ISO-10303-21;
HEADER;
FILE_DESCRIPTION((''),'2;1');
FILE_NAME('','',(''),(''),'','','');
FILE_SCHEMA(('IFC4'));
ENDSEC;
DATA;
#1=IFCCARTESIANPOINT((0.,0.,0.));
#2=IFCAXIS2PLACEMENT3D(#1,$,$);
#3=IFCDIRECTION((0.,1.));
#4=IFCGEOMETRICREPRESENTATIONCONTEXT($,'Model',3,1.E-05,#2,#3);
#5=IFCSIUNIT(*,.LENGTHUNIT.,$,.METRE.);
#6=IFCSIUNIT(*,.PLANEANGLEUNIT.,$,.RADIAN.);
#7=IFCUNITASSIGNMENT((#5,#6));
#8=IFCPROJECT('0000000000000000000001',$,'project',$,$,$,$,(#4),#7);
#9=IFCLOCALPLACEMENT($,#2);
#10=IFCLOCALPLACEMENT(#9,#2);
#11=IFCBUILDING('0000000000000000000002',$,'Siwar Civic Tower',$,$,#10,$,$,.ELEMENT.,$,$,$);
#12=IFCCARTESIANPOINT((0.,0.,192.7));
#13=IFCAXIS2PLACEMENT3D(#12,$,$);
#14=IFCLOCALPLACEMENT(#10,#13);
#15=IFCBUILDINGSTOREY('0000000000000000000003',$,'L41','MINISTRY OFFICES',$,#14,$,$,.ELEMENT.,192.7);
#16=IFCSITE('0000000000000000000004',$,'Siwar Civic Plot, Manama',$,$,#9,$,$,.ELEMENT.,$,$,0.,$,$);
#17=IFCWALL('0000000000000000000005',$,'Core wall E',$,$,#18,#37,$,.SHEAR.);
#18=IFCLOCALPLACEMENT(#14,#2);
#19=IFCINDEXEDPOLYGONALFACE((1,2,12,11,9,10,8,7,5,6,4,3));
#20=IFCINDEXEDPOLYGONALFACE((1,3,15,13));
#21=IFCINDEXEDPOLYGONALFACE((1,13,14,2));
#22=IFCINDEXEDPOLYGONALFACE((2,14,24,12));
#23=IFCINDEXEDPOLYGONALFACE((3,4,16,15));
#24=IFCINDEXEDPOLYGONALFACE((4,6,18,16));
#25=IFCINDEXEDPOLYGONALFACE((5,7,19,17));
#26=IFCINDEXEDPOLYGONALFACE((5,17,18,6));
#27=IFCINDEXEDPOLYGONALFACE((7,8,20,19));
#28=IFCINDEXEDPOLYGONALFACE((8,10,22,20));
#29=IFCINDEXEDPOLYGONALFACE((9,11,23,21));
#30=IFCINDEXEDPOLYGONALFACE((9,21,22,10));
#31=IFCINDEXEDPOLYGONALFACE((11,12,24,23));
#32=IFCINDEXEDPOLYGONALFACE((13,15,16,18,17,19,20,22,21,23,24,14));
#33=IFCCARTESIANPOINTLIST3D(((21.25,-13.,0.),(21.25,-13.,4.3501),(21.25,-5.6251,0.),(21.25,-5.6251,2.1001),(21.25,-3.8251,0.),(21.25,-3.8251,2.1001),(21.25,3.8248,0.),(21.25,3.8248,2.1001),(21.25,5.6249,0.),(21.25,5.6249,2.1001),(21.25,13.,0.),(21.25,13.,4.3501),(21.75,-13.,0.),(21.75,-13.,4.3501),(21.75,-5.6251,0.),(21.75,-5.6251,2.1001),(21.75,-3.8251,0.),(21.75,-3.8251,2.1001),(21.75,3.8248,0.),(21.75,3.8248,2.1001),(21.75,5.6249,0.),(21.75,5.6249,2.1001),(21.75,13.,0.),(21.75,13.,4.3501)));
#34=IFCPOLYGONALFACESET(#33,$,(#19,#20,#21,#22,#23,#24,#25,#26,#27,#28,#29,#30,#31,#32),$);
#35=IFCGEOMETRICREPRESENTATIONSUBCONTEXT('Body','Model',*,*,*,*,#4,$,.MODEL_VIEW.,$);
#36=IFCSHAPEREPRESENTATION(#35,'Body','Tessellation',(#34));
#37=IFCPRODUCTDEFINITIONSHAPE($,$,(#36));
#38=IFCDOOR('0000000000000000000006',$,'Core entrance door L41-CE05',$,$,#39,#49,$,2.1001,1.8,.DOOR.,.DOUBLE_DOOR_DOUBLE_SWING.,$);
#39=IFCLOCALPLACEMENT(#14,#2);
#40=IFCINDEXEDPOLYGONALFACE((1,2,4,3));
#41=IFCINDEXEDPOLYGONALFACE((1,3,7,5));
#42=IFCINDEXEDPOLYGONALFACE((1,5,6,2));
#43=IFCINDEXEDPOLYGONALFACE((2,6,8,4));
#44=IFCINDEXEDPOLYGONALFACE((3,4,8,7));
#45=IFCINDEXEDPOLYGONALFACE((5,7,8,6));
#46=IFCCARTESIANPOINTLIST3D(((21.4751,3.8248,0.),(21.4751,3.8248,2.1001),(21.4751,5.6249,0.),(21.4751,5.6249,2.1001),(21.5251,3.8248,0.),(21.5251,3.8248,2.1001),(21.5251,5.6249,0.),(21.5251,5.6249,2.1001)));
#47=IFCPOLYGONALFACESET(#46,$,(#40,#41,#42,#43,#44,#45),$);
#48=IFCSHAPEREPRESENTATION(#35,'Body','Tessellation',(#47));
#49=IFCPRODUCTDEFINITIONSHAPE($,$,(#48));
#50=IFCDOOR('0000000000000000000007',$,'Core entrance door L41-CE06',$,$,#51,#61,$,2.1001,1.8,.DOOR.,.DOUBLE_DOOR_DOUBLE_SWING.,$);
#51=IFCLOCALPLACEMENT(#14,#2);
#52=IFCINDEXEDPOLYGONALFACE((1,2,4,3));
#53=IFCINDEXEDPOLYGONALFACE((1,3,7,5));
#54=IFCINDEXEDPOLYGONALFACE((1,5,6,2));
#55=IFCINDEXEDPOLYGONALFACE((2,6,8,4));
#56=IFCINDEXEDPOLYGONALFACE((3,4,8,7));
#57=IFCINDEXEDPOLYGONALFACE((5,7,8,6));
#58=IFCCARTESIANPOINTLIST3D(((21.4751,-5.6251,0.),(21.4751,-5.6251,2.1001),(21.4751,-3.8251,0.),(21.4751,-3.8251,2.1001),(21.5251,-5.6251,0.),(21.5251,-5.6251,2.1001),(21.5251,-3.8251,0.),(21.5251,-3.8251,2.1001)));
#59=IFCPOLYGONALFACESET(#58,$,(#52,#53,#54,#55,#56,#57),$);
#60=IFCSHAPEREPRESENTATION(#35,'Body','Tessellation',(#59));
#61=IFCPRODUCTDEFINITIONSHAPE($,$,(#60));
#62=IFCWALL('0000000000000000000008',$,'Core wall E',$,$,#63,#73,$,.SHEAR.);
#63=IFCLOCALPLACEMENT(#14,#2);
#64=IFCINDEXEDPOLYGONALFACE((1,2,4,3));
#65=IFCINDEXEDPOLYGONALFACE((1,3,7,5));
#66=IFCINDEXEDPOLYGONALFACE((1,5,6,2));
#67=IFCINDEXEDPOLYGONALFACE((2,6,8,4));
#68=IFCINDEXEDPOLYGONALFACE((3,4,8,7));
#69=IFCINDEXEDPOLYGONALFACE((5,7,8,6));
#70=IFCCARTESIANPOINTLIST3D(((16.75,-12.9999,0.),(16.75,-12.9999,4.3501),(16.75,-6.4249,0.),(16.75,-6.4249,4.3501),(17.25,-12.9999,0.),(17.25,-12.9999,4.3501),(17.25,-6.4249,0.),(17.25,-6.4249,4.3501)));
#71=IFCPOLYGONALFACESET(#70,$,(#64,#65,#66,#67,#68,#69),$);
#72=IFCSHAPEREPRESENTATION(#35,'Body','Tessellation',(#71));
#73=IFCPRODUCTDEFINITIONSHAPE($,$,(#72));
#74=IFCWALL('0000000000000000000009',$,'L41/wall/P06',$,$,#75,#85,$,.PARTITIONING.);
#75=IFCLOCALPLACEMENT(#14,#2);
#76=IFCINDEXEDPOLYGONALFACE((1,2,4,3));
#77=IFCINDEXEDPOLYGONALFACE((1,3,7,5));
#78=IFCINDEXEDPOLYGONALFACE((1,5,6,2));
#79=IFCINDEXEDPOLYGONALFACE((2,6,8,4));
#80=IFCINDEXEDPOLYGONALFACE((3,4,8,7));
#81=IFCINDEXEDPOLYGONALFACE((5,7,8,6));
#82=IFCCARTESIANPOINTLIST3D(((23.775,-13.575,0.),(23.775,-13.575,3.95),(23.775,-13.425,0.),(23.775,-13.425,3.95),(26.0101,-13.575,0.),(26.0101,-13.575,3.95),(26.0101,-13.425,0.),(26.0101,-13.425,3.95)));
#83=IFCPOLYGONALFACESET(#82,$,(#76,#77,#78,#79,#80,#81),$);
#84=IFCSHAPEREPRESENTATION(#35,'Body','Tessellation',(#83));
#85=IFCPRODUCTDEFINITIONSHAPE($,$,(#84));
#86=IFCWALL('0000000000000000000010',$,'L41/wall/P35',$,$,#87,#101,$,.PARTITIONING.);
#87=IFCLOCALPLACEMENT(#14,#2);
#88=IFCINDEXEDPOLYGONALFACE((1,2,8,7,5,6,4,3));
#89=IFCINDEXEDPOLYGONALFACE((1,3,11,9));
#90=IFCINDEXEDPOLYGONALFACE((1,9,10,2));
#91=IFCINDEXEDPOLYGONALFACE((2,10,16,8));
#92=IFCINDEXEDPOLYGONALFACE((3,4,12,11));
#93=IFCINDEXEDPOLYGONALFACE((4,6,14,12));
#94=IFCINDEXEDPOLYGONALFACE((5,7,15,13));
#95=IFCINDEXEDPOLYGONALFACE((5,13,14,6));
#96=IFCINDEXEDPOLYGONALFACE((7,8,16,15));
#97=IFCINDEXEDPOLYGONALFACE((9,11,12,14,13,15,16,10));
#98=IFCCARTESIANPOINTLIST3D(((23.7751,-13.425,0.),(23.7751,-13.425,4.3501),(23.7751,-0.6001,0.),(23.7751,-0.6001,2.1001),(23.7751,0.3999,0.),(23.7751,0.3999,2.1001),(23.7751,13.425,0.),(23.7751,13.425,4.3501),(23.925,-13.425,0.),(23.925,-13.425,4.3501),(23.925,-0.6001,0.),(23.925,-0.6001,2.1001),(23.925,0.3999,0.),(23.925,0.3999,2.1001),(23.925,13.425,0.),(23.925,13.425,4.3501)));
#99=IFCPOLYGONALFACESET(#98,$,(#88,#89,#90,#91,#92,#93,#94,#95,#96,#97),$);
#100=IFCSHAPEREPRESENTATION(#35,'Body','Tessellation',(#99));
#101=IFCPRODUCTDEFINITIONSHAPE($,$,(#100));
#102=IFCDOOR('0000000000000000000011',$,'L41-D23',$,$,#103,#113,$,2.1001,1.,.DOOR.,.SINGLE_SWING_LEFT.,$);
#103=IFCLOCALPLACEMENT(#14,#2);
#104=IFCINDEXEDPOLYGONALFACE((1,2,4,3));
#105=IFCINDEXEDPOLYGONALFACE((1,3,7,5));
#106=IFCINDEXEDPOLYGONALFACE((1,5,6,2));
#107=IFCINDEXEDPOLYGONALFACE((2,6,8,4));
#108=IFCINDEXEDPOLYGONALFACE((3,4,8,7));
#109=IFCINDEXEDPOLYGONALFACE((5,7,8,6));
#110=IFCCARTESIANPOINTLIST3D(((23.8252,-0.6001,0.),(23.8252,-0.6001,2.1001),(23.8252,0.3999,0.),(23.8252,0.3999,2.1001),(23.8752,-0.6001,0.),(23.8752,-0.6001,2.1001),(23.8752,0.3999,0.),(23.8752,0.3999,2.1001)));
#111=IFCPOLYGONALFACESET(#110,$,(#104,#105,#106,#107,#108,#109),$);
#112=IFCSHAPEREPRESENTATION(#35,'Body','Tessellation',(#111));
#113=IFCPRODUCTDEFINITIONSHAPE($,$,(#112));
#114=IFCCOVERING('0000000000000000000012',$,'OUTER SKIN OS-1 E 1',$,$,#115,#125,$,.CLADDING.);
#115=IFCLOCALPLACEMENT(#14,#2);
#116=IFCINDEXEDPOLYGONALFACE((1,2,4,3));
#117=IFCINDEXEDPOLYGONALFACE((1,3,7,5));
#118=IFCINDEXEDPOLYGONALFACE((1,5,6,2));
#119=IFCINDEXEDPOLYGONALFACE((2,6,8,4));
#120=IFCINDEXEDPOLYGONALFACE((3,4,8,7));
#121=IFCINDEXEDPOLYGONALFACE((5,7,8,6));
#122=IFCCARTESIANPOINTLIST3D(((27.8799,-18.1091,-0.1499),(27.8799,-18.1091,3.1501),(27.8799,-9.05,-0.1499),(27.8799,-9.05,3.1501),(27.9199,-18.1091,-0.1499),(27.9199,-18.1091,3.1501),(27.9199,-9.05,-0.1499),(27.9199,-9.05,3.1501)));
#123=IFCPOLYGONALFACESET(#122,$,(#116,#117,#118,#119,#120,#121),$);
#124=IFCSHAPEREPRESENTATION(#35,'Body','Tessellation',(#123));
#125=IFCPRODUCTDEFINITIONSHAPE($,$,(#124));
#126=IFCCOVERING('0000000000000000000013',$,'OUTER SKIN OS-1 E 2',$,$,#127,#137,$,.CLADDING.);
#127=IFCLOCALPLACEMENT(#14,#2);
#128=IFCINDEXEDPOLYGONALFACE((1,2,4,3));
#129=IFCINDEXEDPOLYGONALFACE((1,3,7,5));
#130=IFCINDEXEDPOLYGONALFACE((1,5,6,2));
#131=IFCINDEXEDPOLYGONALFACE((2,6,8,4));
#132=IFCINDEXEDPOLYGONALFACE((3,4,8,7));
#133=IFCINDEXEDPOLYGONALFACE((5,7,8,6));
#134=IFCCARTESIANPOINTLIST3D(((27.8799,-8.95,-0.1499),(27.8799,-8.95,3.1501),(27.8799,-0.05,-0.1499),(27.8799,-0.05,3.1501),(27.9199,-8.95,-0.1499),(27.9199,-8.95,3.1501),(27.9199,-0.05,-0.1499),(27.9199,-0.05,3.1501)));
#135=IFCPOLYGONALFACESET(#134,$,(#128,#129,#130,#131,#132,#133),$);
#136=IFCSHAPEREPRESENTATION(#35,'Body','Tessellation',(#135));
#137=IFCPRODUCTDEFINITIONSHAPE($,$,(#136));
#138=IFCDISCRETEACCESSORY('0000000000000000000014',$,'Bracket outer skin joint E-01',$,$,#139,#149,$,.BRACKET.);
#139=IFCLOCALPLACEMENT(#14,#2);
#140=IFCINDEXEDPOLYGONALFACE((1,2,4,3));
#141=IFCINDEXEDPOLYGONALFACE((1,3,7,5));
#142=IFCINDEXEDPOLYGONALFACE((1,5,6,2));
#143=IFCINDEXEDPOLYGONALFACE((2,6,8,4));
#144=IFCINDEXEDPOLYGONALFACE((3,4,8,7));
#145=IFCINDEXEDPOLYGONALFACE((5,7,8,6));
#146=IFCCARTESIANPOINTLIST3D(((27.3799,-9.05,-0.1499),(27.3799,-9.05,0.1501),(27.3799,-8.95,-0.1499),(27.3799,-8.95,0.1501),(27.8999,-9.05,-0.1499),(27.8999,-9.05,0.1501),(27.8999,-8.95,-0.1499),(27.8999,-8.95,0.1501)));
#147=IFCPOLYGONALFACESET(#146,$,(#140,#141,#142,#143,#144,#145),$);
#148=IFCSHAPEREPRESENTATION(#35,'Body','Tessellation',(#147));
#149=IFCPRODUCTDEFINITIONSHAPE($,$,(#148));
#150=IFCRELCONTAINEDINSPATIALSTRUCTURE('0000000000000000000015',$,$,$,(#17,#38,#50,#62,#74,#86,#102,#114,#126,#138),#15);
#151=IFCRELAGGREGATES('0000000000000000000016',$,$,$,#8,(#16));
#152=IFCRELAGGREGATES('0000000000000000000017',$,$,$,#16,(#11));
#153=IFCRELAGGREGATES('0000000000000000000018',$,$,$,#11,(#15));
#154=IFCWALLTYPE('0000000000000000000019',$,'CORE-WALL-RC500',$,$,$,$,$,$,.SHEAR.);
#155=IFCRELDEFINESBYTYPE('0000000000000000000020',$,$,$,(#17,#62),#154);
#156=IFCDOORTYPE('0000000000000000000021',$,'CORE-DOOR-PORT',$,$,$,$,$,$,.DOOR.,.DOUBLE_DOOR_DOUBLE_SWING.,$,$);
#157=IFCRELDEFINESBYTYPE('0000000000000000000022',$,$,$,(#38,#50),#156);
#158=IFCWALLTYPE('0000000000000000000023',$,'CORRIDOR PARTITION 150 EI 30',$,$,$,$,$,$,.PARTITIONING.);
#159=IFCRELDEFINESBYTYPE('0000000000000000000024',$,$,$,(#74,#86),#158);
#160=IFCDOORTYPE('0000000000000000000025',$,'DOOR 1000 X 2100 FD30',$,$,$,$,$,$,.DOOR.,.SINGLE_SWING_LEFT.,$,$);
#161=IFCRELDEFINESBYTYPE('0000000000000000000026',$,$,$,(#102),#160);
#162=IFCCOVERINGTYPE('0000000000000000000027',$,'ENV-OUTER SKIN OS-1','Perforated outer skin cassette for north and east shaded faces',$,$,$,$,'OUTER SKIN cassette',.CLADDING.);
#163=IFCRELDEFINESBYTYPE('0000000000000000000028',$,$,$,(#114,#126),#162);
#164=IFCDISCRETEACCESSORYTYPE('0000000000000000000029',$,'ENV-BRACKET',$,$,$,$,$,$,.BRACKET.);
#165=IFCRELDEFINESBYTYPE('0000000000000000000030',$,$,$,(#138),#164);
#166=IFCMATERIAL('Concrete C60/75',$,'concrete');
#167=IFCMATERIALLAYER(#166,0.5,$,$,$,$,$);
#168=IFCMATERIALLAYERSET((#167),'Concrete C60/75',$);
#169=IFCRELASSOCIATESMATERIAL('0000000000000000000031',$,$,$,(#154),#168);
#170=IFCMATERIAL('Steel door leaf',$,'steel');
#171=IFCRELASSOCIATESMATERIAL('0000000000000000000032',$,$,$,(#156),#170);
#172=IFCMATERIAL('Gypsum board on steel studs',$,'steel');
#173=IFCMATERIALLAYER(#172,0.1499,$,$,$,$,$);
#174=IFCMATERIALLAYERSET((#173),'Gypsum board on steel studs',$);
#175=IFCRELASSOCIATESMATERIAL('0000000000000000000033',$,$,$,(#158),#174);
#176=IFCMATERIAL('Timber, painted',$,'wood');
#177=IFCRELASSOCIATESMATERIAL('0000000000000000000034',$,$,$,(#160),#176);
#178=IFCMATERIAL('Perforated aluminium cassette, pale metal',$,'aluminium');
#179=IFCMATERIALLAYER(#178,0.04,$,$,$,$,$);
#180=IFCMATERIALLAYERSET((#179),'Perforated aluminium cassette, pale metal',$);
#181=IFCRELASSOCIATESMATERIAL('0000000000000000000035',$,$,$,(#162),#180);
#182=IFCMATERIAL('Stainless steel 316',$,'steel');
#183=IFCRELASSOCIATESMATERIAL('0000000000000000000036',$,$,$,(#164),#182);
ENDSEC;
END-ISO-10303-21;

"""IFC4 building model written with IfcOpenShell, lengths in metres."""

from ifc_helpers import new_model, si_unit, direction, frame, frame_2d, origin, origin_2d, place, context, subcontext, project, spatial, rectangle, extrude, material, layer, layer_set, type_object, element, fill, save


model = new_model("IFC4")

# Units and contexts
model_context = context("Model", 3, precision=1e-05, world=origin(), true_north=direction((0.0, 1.0)))
body_context = subcontext(model_context, "Body", "Model", "MODEL_VIEW")
ifc_project = project(units=[si_unit("LENGTHUNIT", "METRE"), si_unit("PLANEANGLEUNIT", "RADIAN")], contexts=[model_context])

# Site, building, storey
site_placement = place(None, origin())
site = spatial("IfcSite", under=ifc_project, at=site_placement, Name="Siwar Civic Plot, Manama", CompositionType="ELEMENT", RefElevation=0.0)
building_placement = place(site_placement, origin())
building = spatial("IfcBuilding", under=site, at=building_placement, Name="Siwar Civic Tower", CompositionType="ELEMENT")
storey_placement = place(building_placement, frame((0.0, 0.0, 192.7)))
storey = spatial("IfcBuildingStorey", under=building, at=storey_placement, Name="L41", Description="MINISTRY OFFICES", CompositionType="ELEMENT", Elevation=192.7)

# Wall, openings, doors
ifc_material_1 = material(Name="Concrete C60/75", Category="concrete")
ifc_layer_1 = layer(ifc_material_1, 0.5)
ifc_layer_set_1 = layer_set([ifc_layer_1], Name="Concrete C60/75")
wall_type_1 = type_object("IfcWallType", Name="CORE-WALL-RC500", PredefinedType="SHEAR", material=ifc_layer_set_1)
wall_1_placement = place(storey_placement, frame((21.5, -13.0, 0.0), z_axis=(0.0, 0.0, 1.0), x_axis=(0.0, 1.0, 0.0)))
wall_1 = element("IfcWall", 1, at=wall_1_placement, inside=storey, type_object=wall_type_1, Name="Core wall E", PredefinedType="SHEAR", context=body_context, shape_type="SweptSolid", body=[
    extrude(rectangle(XDim=26.0, YDim=0.5, at=frame_2d((13.0, 0.0))), origin(), (0.0, 0.0, 1.0), 4.3501),
])
opening_1_placement = place(wall_1_placement, frame((16.825, 0.0, 0.0)))
opening_1 = element("IfcOpeningElement", 2, at=opening_1_placement, cuts=wall_1, PredefinedType="OPENING", context=body_context, shape_type="SweptSolid", body=[
    extrude(rectangle(XDim=1.8, YDim=2.1001, at=frame_2d((0.8999, 1.05))), frame((0.0, 0.26, 0.0), z_axis=(0.0, -1.0, 0.0), x_axis=(1.0, 0.0, 0.0)), (0.0, 0.0, 1.0), 0.52),
])
opening_2_placement = place(wall_1_placement, frame((7.375, 0.0, 0.0)))
opening_2 = element("IfcOpeningElement", 3, at=opening_2_placement, cuts=wall_1, PredefinedType="OPENING", context=body_context, shape_type="SweptSolid", body=[
    extrude(rectangle(XDim=1.8, YDim=2.1001, at=frame_2d((0.8999, 1.05))), frame((0.0, 0.26, 0.0), z_axis=(0.0, -1.0, 0.0), x_axis=(1.0, 0.0, 0.0)), (0.0, 0.0, 1.0), 0.52),
])
ifc_material_2 = material(Name="Steel door leaf", Category="steel")
door_type_1 = type_object("IfcDoorType", Name="CORE-DOOR-PORT", OperationType="DOUBLE_DOOR_DOUBLE_SWING", PredefinedType="DOOR", material=ifc_material_2)
door_1_placement = place(opening_1_placement, origin())
door_1 = element("IfcDoor", 4, at=door_1_placement, inside=storey, type_object=door_type_1, Name="Core entrance door L41-CE05", OperationType="DOUBLE_DOOR_DOUBLE_SWING", OverallHeight=2.1001, OverallWidth=1.8, PredefinedType="DOOR", context=body_context, shape_type="SweptSolid", body=[
    extrude(rectangle(XDim=1.8, YDim=2.1001, at=frame_2d((0.8999, 1.05))), frame((0.0, 0.0249, 0.0), z_axis=(0.0, -1.0, 0.0), x_axis=(1.0, 0.0, 0.0)), (0.0, 0.0, 1.0), 0.05),
])
fill(opening_1, door_1)
door_2_placement = place(opening_2_placement, origin())
door_2 = element("IfcDoor", 5, at=door_2_placement, inside=storey, type_object=door_type_1, Name="Core entrance door L41-CE06", OperationType="DOUBLE_DOOR_DOUBLE_SWING", OverallHeight=2.1001, OverallWidth=1.8, PredefinedType="DOOR", context=body_context, shape_type="SweptSolid", body=[
    extrude(rectangle(XDim=1.8, YDim=2.1001, at=frame_2d((0.8999, 1.05))), frame((0.0, 0.0249, 0.0), z_axis=(0.0, -1.0, 0.0), x_axis=(1.0, 0.0, 0.0)), (0.0, 0.0, 1.0), 0.05),
])
fill(opening_2, door_2)

# Walls
wall_2_placement = place(storey_placement, frame((17.0, -13.0, 0.0), z_axis=(0.0, 0.0, 1.0), x_axis=(0.0, 1.0, 0.0)))
element("IfcWall", 6, at=wall_2_placement, inside=storey, type_object=wall_type_1, Name="Core wall E", PredefinedType="SHEAR", context=body_context, shape_type="SweptSolid", body=[
    extrude(rectangle(XDim=6.575, YDim=0.5, at=frame_2d((3.2876, 0.0))), origin(), (0.0, 0.0, 1.0), 4.3501),
])
ifc_material_3 = material(Name="Gypsum board on steel studs", Category="steel")
ifc_layer_2 = layer(ifc_material_3, 0.1499)
ifc_layer_set_2 = layer_set([ifc_layer_2], Name="Gypsum board on steel studs")
wall_type_2 = type_object("IfcWallType", Name="CORRIDOR PARTITION 150 EI 30", PredefinedType="PARTITIONING", material=ifc_layer_set_2)
wall_3_placement = place(storey_placement, frame((23.7749, -13.5, 0.0), z_axis=(0.0, 0.0, 1.0), x_axis=(1.0, 0.0, 0.0)))
element("IfcWall", 7, at=wall_3_placement, inside=storey, type_object=wall_type_2, Name="L41/wall/P06", PredefinedType="PARTITIONING", context=body_context, shape_type="SweptSolid", body=[
    extrude(rectangle(XDim=2.2351, YDim=0.1499, at=frame_2d((1.1177, 0.0))), origin(), (0.0, 0.0, 1.0), 3.95),
])

# Wall, opening, door
wall_4_placement = place(storey_placement, frame((23.8501, -13.425, 0.0), z_axis=(0.0, 0.0, 1.0), x_axis=(0.0, 1.0, 0.0)))
wall_4 = element("IfcWall", 8, at=wall_4_placement, inside=storey, type_object=wall_type_2, Name="L41/wall/P35", PredefinedType="PARTITIONING", context=body_context, shape_type="SweptSolid", body=[
    extrude(rectangle(XDim=26.8501, YDim=0.1499, at=frame_2d((13.425, 0.0))), origin(), (0.0, 0.0, 1.0), 4.3501),
])
opening_3_placement = place(wall_4_placement, frame((12.825, 0.0, 0.0)))
opening_3 = element("IfcOpeningElement", 9, at=opening_3_placement, cuts=wall_4, PredefinedType="OPENING", context=body_context, shape_type="SweptSolid", body=[
    extrude(rectangle(XDim=1.0, YDim=2.1001, at=frame_2d((0.5, 1.05))), frame((0.0, 0.085, 0.0), z_axis=(0.0, -1.0, 0.0), x_axis=(1.0, 0.0, 0.0)), (0.0, 0.0, 1.0), 0.1699),
])
ifc_material_4 = material(Name="Timber, painted", Category="wood")
door_type_2 = type_object("IfcDoorType", Name="DOOR 1000 X 2100 FD30", OperationType="SINGLE_SWING_LEFT", PredefinedType="DOOR", material=ifc_material_4)
door_3_placement = place(opening_3_placement, origin())
door_3 = element("IfcDoor", 10, at=door_3_placement, inside=storey, type_object=door_type_2, Name="L41-D23", OperationType="SINGLE_SWING_LEFT", OverallHeight=2.1001, OverallWidth=1.0, PredefinedType="DOOR", context=body_context, shape_type="SweptSolid", body=[
    extrude(rectangle(XDim=1.0, YDim=2.1001, at=frame_2d((0.5, 1.05))), frame((0.0, 0.0249, 0.0), z_axis=(0.0, -1.0, 0.0), x_axis=(1.0, 0.0, 0.0)), (0.0, 0.0, 1.0), 0.05),
])
fill(opening_3, door_3)

# Coverings
ifc_material_5 = material(Name="Perforated aluminium cassette, pale metal", Category="aluminium")
ifc_layer_3 = layer(ifc_material_5, 0.04)
ifc_layer_set_3 = layer_set([ifc_layer_3], Name="Perforated aluminium cassette, pale metal")
covering_type = type_object("IfcCoveringType", Name="ENV-OUTER SKIN OS-1", Description="Perforated outer skin cassette for north and east shaded faces", ElementType="OUTER SKIN cassette", PredefinedType="CLADDING", material=ifc_layer_set_3)
covering_1_placement = place(storey_placement, frame((27.8999, -13.5796, -0.1499), z_axis=(0.0, 0.0, 1.0), x_axis=(0.0, 1.0, 0.0)))
element("IfcCovering", 11, at=covering_1_placement, inside=storey, type_object=covering_type, Name="OUTER SKIN OS-1 E 1", PredefinedType="CLADDING", context=body_context, shape_type="SweptSolid", body=[
    extrude(rectangle(XDim=9.0591, YDim=0.04, at=origin_2d()), origin(), (0.0, 0.0, 1.0), 3.3),
])
covering_2_placement = place(storey_placement, frame((27.8999, -4.5, -0.1499), z_axis=(0.0, 0.0, 1.0), x_axis=(0.0, 1.0, 0.0)))
element("IfcCovering", 12, at=covering_2_placement, inside=storey, type_object=covering_type, Name="OUTER SKIN OS-1 E 2", PredefinedType="CLADDING", context=body_context, shape_type="SweptSolid", body=[
    extrude(rectangle(XDim=8.8999, YDim=0.04, at=origin_2d()), origin(), (0.0, 0.0, 1.0), 3.3),
])

# Discrete accessory
ifc_material_6 = material(Name="Stainless steel 316", Category="steel")
discrete_accessory_type = type_object("IfcDiscreteAccessoryType", Name="ENV-BRACKET", PredefinedType="BRACKET", material=ifc_material_6)
discrete_accessory_placement = place(storey_placement, frame((27.6399, -9.0, -0.1499), z_axis=(0.0, 0.0, 1.0), x_axis=(1.0, 0.0, 0.0)))
element("IfcDiscreteAccessory", 13, at=discrete_accessory_placement, inside=storey, type_object=discrete_accessory_type, Name="Bracket outer skin joint E-01", PredefinedType="BRACKET", context=body_context, shape_type="SweptSolid", body=[
    extrude(rectangle(XDim=0.52, YDim=0.1001, at=origin_2d()), origin(), (0.0, 0.0, 1.0), 0.3),
])

save(model, "model.ifc")
